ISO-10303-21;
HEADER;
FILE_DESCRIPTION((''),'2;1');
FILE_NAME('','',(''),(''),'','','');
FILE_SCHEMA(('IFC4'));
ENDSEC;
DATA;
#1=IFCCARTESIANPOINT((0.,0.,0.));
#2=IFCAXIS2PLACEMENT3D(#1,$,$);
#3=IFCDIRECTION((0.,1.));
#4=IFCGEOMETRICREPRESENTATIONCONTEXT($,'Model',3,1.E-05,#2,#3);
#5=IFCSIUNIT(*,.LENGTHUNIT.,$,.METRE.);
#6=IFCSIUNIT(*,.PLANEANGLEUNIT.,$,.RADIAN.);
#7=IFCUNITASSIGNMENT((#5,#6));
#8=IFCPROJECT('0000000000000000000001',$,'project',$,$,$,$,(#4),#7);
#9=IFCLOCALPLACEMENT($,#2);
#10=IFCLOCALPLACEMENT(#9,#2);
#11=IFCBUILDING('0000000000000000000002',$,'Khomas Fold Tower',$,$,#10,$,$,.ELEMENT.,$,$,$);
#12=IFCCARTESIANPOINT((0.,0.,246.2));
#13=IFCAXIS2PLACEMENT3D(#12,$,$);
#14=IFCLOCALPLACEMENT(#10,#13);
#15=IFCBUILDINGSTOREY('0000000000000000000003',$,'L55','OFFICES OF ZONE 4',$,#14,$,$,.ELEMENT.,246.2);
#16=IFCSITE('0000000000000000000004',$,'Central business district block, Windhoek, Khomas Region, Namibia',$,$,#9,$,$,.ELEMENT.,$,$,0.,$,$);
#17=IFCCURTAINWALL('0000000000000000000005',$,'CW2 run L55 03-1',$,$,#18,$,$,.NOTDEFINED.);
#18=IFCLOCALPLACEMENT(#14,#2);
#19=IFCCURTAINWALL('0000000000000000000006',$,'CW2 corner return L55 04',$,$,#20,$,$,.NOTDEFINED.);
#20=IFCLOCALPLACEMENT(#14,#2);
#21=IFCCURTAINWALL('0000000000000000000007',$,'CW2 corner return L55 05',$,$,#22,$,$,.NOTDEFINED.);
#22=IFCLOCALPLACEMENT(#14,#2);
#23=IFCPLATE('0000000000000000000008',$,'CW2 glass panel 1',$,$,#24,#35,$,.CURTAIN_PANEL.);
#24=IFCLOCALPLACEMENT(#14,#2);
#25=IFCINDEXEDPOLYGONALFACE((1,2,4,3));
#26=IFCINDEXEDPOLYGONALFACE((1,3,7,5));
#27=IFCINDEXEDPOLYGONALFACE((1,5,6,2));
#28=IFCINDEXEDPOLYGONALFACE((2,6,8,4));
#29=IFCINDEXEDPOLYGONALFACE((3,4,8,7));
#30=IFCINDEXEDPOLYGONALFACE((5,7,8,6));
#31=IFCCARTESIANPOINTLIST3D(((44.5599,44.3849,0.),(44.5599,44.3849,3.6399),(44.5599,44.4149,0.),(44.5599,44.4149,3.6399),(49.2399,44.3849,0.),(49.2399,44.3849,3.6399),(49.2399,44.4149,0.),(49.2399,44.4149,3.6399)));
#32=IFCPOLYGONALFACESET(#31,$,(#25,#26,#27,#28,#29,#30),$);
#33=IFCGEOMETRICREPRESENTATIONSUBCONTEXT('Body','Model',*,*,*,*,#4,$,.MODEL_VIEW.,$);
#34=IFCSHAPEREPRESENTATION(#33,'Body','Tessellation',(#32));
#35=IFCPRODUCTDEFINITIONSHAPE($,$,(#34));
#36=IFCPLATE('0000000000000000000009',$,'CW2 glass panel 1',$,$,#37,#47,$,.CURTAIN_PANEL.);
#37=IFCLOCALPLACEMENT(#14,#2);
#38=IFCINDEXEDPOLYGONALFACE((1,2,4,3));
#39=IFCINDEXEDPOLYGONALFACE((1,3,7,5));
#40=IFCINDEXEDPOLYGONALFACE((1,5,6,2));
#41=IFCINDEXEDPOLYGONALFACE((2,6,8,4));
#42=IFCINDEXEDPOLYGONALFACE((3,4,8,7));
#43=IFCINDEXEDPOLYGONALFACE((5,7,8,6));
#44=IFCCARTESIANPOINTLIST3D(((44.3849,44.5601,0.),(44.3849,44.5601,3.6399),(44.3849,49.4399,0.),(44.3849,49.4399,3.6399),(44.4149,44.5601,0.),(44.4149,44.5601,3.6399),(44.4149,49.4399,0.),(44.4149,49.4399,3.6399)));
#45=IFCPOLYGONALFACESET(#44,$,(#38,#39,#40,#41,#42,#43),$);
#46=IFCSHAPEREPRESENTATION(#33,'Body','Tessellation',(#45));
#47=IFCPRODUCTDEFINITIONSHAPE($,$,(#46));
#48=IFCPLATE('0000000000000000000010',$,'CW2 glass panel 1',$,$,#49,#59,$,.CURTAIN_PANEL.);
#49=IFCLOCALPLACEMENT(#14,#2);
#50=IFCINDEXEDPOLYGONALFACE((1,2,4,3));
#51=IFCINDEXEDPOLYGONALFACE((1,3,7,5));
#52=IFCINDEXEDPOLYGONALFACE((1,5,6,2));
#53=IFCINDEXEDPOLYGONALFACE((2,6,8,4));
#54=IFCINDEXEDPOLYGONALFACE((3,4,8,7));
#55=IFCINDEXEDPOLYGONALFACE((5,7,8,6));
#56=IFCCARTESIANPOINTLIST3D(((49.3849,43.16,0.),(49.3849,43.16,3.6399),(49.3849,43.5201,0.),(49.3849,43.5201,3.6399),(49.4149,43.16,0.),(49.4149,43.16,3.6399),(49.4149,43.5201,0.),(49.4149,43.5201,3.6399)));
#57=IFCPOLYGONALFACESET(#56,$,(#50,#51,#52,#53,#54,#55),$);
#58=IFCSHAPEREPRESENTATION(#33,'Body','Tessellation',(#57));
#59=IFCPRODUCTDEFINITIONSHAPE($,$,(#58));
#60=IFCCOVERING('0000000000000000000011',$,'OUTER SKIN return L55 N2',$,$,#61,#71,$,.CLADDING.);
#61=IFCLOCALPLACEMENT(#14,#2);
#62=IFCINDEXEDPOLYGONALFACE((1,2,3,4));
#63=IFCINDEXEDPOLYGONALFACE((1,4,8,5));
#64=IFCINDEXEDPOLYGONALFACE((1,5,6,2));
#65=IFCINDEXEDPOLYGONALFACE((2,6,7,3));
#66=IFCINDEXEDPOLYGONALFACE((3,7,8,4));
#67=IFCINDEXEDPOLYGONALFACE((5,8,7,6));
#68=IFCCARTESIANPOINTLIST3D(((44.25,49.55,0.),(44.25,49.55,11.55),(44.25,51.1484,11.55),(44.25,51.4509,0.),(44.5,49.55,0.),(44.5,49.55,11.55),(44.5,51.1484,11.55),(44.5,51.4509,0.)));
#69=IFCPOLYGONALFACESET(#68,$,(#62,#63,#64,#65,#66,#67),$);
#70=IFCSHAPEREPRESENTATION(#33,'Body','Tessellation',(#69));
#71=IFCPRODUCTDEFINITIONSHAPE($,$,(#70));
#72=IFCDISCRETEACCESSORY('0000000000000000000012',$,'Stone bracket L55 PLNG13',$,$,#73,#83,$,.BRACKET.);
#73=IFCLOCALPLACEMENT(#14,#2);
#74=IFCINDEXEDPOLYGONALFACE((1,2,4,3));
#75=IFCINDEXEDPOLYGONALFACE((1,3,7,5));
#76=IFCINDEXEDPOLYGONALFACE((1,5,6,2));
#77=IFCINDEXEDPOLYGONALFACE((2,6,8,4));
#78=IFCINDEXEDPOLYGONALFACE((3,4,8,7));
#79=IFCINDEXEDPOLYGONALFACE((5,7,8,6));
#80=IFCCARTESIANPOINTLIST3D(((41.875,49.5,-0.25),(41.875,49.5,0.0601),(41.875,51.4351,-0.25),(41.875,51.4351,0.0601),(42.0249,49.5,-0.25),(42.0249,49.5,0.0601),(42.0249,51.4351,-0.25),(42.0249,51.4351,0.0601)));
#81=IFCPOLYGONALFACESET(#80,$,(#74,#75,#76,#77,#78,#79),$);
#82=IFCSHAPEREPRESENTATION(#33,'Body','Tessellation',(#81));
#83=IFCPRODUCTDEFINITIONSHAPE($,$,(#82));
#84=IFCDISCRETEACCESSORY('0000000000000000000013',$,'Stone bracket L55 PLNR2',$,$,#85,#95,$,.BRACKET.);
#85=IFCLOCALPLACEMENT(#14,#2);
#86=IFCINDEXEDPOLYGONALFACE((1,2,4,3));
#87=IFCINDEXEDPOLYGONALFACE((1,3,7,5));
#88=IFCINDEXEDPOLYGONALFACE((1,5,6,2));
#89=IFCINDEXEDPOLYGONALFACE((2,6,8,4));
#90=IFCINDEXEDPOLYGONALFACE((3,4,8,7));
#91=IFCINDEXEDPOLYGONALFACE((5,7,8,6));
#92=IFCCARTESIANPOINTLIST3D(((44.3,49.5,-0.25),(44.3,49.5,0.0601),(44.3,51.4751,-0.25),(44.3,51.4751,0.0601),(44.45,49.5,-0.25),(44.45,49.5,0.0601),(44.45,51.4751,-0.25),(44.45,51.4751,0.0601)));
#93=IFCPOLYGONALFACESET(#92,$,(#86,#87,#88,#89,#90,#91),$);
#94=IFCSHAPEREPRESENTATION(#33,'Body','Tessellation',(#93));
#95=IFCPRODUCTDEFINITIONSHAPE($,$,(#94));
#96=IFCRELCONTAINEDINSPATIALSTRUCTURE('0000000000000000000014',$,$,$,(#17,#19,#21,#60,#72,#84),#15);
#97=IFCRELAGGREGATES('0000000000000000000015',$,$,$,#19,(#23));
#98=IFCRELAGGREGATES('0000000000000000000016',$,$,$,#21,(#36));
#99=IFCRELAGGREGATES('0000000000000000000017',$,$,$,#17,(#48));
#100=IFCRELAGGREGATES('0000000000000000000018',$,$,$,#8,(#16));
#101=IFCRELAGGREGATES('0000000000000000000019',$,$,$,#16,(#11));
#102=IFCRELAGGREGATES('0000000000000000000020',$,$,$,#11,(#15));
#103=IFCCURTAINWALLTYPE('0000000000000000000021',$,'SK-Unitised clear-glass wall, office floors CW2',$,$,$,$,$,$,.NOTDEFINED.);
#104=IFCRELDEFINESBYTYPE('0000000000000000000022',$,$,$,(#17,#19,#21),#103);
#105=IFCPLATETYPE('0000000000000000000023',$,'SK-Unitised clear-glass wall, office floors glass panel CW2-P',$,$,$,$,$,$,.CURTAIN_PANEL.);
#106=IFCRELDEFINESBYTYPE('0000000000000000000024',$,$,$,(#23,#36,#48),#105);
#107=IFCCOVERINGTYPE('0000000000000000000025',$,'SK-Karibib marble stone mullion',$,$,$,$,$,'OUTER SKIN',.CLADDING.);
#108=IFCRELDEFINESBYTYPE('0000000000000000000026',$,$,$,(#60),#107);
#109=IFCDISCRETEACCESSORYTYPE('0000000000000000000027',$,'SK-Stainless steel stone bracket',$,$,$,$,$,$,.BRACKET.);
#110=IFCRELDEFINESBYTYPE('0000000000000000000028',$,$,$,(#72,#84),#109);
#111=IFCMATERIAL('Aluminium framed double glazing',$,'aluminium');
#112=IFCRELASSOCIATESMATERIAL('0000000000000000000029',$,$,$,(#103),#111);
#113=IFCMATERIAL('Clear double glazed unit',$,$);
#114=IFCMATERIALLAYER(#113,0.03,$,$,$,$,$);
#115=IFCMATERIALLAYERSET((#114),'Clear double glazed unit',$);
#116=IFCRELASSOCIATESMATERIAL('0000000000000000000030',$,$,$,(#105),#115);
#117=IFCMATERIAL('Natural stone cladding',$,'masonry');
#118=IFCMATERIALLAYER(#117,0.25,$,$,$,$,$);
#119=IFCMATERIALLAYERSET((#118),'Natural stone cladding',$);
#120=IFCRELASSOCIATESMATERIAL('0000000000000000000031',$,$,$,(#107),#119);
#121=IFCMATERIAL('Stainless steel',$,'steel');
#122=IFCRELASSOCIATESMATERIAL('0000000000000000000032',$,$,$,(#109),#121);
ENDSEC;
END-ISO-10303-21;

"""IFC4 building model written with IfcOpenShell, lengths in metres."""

from ifc_helpers import new_model, si_unit, direction, frame, origin, origin_2d, place, context, subcontext, project, spatial, polyline, rectangle, outline, extrude, source, transform, mapped, material, layer, layer_set, type_object, element, aggregate, save


model = new_model("IFC4")

# Units and contexts
model_context = context("Model", 3, precision=1e-05, world=origin(), true_north=direction((0.0, 1.0)))
body_context = subcontext(model_context, "Body", "Model", "MODEL_VIEW")
ifc_project = project(units=[si_unit("LENGTHUNIT", "METRE"), si_unit("PLANEANGLEUNIT", "RADIAN")], contexts=[model_context])

# Site, building, storey
site_placement = place(None, origin())
site = spatial("IfcSite", under=ifc_project, at=site_placement, Name="Central business district block, Windhoek, Khomas Region, Namibia", CompositionType="ELEMENT", RefElevation=0.0)
building_placement = place(site_placement, origin())
building = spatial("IfcBuilding", under=site, at=building_placement, Name="Khomas Fold Tower", CompositionType="ELEMENT")
storey_placement = place(building_placement, frame((0.0, 0.0, 246.2)))
storey = spatial("IfcBuildingStorey", under=building, at=storey_placement, Name="L55", Description="OFFICES OF ZONE 4", CompositionType="ELEMENT", Elevation=246.2)

# Curtain walls
ifc_material_1 = material(Name="Aluminium framed double glazing", Category="aluminium")
curtain_wall_type = type_object("IfcCurtainWallType", Name="SK-Unitised clear-glass wall, office floors CW2", PredefinedType="NOTDEFINED", material=ifc_material_1)
curtain_wall_1_placement = place(storey_placement, origin())
curtain_wall_1 = element("IfcCurtainWall", 1, at=curtain_wall_1_placement, inside=storey, type_object=curtain_wall_type, Name="CW2 run L55 03-1", PredefinedType="NOTDEFINED")
curtain_wall_2_placement = place(storey_placement, origin())
curtain_wall_2 = element("IfcCurtainWall", 2, at=curtain_wall_2_placement, inside=storey, type_object=curtain_wall_type, Name="CW2 corner return L55 04", PredefinedType="NOTDEFINED")
curtain_wall_3_placement = place(storey_placement, origin())
curtain_wall_3 = element("IfcCurtainWall", 3, at=curtain_wall_3_placement, inside=storey, type_object=curtain_wall_type, Name="CW2 corner return L55 05", PredefinedType="NOTDEFINED")

# Plates
ifc_material_2 = material(Name="Clear double glazed unit")
ifc_layer_1 = layer(ifc_material_2, 0.03)
ifc_layer_set_1 = layer_set([ifc_layer_1], Name="Clear double glazed unit")
plate_type_1 = type_object("IfcPlateType", Name="SK-Unitised clear-glass wall, office floors glass panel CW2-P", PredefinedType="CURTAIN_PANEL", material=ifc_layer_set_1)
shared_shape_1 = source(origin(), body_context, "Body", "SweptSolid", [
    extrude(rectangle(XDim=4.6799, YDim=0.03, at=origin_2d()), origin(), (0.0, 0.0, 1.0), 3.6399),
])
plate_1_placement = place(storey_placement, frame((46.8999, 44.3999, 0.0), z_axis=(0.0, 0.0, 1.0), x_axis=(-1.0, 0.0, 0.0)))
plate_1 = element("IfcPlate", 4, at=plate_1_placement, type_object=plate_type_1, Name="CW2 glass panel 1", PredefinedType="CURTAIN_PANEL", context=body_context, shape_type="MappedRepresentation", body=[
    mapped(shared_shape_1, transform((0.0, 0.0, 0.0))),
])
aggregate(curtain_wall_2, [plate_1])
shared_shape_2 = source(origin(), body_context, "Body", "SweptSolid", [
    extrude(rectangle(XDim=4.8799, YDim=0.03, at=origin_2d()), origin(), (0.0, 0.0, 1.0), 3.6399),
])
plate_2_placement = place(storey_placement, frame((44.3999, 47.0, 0.0), z_axis=(0.0, 0.0, 1.0), x_axis=(0.0, 1.0, 0.0)))
plate_2 = element("IfcPlate", 5, at=plate_2_placement, type_object=plate_type_1, Name="CW2 glass panel 1", PredefinedType="CURTAIN_PANEL", context=body_context, shape_type="MappedRepresentation", body=[
    mapped(shared_shape_2, transform((0.0, 0.0, 0.0))),
])
aggregate(curtain_wall_3, [plate_2])
shared_shape_3 = source(origin(), body_context, "Body", "SweptSolid", [
    extrude(rectangle(XDim=0.3601, YDim=0.03, at=origin_2d()), origin(), (0.0, 0.0, 1.0), 3.6399),
])
plate_3_placement = place(storey_placement, frame((49.3999, 43.3401, 0.0), z_axis=(0.0, 0.0, 1.0), x_axis=(0.0, 1.0, 0.0)))
plate_3 = element("IfcPlate", 6, at=plate_3_placement, type_object=plate_type_1, Name="CW2 glass panel 1", PredefinedType="CURTAIN_PANEL", context=body_context, shape_type="MappedRepresentation", body=[
    mapped(shared_shape_3, transform((0.0, 0.0, 0.0))),
])
aggregate(curtain_wall_1, [plate_3])

# Covering
ifc_material_3 = material(Name="Natural stone cladding", Category="masonry")
ifc_layer_2 = layer(ifc_material_3, 0.25)
ifc_layer_set_2 = layer_set([ifc_layer_2], Name="Natural stone cladding")
covering_type = type_object("IfcCoveringType", Name="SK-Karibib marble stone mullion", ElementType="OUTER SKIN", PredefinedType="CLADDING", material=ifc_layer_set_2)
covering_placement = place(storey_placement, frame((44.5, 49.55, 0.0), z_axis=(1.0, 0.0, 0.0), x_axis=(0.0, 1.0, 0.0)))
element("IfcCovering", 7, at=covering_placement, inside=storey, type_object=covering_type, Name="OUTER SKIN return L55 N2", PredefinedType="CLADDING", context=body_context, shape_type="SweptSolid", body=[
    extrude(outline(polyline([(0.0, 0.0), (1.9009, 0.0), (1.5984, 11.55), (0.0, 11.55), (0.0, 0.0)])), origin(), (0.0, 0.0, -1.0), 0.25),
])

# Discrete accessories
ifc_material_4 = material(Name="Stainless steel", Category="steel")
discrete_accessory_type = type_object("IfcDiscreteAccessoryType", Name="SK-Stainless steel stone bracket", PredefinedType="BRACKET", material=ifc_material_4)
shared_shape_4 = source(origin(), body_context, "Body", "SweptSolid", [
    extrude(rectangle(XDim=1.9351, YDim=0.1499, at=origin_2d()), origin(), (0.0, 0.0, 1.0), 0.3101),
])
discrete_accessory_1_placement = place(storey_placement, frame((41.95, 50.4675, -0.25), z_axis=(0.0, 0.0, 1.0), x_axis=(0.0, 1.0, 0.0)))
element("IfcDiscreteAccessory", 8, at=discrete_accessory_1_placement, inside=storey, type_object=discrete_accessory_type, Name="Stone bracket L55 PLNG13", PredefinedType="BRACKET", context=body_context, shape_type="MappedRepresentation", body=[
    mapped(shared_shape_4, transform((0.0, 0.0, 0.0))),
])
shared_shape_5 = source(origin(), body_context, "Body", "SweptSolid", [
    extrude(rectangle(XDim=1.9751, YDim=0.1499, at=origin_2d()), origin(), (0.0, 0.0, 1.0), 0.3101),
])
discrete_accessory_2_placement = place(storey_placement, frame((44.375, 50.4875, -0.25), z_axis=(0.0, 0.0, 1.0), x_axis=(0.0, 1.0, 0.0)))
element("IfcDiscreteAccessory", 9, at=discrete_accessory_2_placement, inside=storey, type_object=discrete_accessory_type, Name="Stone bracket L55 PLNR2", PredefinedType="BRACKET", context=body_context, shape_type="MappedRepresentation", body=[
    mapped(shared_shape_5, transform((0.0, 0.0, 0.0))),
])

save(model, "model.ifc")
